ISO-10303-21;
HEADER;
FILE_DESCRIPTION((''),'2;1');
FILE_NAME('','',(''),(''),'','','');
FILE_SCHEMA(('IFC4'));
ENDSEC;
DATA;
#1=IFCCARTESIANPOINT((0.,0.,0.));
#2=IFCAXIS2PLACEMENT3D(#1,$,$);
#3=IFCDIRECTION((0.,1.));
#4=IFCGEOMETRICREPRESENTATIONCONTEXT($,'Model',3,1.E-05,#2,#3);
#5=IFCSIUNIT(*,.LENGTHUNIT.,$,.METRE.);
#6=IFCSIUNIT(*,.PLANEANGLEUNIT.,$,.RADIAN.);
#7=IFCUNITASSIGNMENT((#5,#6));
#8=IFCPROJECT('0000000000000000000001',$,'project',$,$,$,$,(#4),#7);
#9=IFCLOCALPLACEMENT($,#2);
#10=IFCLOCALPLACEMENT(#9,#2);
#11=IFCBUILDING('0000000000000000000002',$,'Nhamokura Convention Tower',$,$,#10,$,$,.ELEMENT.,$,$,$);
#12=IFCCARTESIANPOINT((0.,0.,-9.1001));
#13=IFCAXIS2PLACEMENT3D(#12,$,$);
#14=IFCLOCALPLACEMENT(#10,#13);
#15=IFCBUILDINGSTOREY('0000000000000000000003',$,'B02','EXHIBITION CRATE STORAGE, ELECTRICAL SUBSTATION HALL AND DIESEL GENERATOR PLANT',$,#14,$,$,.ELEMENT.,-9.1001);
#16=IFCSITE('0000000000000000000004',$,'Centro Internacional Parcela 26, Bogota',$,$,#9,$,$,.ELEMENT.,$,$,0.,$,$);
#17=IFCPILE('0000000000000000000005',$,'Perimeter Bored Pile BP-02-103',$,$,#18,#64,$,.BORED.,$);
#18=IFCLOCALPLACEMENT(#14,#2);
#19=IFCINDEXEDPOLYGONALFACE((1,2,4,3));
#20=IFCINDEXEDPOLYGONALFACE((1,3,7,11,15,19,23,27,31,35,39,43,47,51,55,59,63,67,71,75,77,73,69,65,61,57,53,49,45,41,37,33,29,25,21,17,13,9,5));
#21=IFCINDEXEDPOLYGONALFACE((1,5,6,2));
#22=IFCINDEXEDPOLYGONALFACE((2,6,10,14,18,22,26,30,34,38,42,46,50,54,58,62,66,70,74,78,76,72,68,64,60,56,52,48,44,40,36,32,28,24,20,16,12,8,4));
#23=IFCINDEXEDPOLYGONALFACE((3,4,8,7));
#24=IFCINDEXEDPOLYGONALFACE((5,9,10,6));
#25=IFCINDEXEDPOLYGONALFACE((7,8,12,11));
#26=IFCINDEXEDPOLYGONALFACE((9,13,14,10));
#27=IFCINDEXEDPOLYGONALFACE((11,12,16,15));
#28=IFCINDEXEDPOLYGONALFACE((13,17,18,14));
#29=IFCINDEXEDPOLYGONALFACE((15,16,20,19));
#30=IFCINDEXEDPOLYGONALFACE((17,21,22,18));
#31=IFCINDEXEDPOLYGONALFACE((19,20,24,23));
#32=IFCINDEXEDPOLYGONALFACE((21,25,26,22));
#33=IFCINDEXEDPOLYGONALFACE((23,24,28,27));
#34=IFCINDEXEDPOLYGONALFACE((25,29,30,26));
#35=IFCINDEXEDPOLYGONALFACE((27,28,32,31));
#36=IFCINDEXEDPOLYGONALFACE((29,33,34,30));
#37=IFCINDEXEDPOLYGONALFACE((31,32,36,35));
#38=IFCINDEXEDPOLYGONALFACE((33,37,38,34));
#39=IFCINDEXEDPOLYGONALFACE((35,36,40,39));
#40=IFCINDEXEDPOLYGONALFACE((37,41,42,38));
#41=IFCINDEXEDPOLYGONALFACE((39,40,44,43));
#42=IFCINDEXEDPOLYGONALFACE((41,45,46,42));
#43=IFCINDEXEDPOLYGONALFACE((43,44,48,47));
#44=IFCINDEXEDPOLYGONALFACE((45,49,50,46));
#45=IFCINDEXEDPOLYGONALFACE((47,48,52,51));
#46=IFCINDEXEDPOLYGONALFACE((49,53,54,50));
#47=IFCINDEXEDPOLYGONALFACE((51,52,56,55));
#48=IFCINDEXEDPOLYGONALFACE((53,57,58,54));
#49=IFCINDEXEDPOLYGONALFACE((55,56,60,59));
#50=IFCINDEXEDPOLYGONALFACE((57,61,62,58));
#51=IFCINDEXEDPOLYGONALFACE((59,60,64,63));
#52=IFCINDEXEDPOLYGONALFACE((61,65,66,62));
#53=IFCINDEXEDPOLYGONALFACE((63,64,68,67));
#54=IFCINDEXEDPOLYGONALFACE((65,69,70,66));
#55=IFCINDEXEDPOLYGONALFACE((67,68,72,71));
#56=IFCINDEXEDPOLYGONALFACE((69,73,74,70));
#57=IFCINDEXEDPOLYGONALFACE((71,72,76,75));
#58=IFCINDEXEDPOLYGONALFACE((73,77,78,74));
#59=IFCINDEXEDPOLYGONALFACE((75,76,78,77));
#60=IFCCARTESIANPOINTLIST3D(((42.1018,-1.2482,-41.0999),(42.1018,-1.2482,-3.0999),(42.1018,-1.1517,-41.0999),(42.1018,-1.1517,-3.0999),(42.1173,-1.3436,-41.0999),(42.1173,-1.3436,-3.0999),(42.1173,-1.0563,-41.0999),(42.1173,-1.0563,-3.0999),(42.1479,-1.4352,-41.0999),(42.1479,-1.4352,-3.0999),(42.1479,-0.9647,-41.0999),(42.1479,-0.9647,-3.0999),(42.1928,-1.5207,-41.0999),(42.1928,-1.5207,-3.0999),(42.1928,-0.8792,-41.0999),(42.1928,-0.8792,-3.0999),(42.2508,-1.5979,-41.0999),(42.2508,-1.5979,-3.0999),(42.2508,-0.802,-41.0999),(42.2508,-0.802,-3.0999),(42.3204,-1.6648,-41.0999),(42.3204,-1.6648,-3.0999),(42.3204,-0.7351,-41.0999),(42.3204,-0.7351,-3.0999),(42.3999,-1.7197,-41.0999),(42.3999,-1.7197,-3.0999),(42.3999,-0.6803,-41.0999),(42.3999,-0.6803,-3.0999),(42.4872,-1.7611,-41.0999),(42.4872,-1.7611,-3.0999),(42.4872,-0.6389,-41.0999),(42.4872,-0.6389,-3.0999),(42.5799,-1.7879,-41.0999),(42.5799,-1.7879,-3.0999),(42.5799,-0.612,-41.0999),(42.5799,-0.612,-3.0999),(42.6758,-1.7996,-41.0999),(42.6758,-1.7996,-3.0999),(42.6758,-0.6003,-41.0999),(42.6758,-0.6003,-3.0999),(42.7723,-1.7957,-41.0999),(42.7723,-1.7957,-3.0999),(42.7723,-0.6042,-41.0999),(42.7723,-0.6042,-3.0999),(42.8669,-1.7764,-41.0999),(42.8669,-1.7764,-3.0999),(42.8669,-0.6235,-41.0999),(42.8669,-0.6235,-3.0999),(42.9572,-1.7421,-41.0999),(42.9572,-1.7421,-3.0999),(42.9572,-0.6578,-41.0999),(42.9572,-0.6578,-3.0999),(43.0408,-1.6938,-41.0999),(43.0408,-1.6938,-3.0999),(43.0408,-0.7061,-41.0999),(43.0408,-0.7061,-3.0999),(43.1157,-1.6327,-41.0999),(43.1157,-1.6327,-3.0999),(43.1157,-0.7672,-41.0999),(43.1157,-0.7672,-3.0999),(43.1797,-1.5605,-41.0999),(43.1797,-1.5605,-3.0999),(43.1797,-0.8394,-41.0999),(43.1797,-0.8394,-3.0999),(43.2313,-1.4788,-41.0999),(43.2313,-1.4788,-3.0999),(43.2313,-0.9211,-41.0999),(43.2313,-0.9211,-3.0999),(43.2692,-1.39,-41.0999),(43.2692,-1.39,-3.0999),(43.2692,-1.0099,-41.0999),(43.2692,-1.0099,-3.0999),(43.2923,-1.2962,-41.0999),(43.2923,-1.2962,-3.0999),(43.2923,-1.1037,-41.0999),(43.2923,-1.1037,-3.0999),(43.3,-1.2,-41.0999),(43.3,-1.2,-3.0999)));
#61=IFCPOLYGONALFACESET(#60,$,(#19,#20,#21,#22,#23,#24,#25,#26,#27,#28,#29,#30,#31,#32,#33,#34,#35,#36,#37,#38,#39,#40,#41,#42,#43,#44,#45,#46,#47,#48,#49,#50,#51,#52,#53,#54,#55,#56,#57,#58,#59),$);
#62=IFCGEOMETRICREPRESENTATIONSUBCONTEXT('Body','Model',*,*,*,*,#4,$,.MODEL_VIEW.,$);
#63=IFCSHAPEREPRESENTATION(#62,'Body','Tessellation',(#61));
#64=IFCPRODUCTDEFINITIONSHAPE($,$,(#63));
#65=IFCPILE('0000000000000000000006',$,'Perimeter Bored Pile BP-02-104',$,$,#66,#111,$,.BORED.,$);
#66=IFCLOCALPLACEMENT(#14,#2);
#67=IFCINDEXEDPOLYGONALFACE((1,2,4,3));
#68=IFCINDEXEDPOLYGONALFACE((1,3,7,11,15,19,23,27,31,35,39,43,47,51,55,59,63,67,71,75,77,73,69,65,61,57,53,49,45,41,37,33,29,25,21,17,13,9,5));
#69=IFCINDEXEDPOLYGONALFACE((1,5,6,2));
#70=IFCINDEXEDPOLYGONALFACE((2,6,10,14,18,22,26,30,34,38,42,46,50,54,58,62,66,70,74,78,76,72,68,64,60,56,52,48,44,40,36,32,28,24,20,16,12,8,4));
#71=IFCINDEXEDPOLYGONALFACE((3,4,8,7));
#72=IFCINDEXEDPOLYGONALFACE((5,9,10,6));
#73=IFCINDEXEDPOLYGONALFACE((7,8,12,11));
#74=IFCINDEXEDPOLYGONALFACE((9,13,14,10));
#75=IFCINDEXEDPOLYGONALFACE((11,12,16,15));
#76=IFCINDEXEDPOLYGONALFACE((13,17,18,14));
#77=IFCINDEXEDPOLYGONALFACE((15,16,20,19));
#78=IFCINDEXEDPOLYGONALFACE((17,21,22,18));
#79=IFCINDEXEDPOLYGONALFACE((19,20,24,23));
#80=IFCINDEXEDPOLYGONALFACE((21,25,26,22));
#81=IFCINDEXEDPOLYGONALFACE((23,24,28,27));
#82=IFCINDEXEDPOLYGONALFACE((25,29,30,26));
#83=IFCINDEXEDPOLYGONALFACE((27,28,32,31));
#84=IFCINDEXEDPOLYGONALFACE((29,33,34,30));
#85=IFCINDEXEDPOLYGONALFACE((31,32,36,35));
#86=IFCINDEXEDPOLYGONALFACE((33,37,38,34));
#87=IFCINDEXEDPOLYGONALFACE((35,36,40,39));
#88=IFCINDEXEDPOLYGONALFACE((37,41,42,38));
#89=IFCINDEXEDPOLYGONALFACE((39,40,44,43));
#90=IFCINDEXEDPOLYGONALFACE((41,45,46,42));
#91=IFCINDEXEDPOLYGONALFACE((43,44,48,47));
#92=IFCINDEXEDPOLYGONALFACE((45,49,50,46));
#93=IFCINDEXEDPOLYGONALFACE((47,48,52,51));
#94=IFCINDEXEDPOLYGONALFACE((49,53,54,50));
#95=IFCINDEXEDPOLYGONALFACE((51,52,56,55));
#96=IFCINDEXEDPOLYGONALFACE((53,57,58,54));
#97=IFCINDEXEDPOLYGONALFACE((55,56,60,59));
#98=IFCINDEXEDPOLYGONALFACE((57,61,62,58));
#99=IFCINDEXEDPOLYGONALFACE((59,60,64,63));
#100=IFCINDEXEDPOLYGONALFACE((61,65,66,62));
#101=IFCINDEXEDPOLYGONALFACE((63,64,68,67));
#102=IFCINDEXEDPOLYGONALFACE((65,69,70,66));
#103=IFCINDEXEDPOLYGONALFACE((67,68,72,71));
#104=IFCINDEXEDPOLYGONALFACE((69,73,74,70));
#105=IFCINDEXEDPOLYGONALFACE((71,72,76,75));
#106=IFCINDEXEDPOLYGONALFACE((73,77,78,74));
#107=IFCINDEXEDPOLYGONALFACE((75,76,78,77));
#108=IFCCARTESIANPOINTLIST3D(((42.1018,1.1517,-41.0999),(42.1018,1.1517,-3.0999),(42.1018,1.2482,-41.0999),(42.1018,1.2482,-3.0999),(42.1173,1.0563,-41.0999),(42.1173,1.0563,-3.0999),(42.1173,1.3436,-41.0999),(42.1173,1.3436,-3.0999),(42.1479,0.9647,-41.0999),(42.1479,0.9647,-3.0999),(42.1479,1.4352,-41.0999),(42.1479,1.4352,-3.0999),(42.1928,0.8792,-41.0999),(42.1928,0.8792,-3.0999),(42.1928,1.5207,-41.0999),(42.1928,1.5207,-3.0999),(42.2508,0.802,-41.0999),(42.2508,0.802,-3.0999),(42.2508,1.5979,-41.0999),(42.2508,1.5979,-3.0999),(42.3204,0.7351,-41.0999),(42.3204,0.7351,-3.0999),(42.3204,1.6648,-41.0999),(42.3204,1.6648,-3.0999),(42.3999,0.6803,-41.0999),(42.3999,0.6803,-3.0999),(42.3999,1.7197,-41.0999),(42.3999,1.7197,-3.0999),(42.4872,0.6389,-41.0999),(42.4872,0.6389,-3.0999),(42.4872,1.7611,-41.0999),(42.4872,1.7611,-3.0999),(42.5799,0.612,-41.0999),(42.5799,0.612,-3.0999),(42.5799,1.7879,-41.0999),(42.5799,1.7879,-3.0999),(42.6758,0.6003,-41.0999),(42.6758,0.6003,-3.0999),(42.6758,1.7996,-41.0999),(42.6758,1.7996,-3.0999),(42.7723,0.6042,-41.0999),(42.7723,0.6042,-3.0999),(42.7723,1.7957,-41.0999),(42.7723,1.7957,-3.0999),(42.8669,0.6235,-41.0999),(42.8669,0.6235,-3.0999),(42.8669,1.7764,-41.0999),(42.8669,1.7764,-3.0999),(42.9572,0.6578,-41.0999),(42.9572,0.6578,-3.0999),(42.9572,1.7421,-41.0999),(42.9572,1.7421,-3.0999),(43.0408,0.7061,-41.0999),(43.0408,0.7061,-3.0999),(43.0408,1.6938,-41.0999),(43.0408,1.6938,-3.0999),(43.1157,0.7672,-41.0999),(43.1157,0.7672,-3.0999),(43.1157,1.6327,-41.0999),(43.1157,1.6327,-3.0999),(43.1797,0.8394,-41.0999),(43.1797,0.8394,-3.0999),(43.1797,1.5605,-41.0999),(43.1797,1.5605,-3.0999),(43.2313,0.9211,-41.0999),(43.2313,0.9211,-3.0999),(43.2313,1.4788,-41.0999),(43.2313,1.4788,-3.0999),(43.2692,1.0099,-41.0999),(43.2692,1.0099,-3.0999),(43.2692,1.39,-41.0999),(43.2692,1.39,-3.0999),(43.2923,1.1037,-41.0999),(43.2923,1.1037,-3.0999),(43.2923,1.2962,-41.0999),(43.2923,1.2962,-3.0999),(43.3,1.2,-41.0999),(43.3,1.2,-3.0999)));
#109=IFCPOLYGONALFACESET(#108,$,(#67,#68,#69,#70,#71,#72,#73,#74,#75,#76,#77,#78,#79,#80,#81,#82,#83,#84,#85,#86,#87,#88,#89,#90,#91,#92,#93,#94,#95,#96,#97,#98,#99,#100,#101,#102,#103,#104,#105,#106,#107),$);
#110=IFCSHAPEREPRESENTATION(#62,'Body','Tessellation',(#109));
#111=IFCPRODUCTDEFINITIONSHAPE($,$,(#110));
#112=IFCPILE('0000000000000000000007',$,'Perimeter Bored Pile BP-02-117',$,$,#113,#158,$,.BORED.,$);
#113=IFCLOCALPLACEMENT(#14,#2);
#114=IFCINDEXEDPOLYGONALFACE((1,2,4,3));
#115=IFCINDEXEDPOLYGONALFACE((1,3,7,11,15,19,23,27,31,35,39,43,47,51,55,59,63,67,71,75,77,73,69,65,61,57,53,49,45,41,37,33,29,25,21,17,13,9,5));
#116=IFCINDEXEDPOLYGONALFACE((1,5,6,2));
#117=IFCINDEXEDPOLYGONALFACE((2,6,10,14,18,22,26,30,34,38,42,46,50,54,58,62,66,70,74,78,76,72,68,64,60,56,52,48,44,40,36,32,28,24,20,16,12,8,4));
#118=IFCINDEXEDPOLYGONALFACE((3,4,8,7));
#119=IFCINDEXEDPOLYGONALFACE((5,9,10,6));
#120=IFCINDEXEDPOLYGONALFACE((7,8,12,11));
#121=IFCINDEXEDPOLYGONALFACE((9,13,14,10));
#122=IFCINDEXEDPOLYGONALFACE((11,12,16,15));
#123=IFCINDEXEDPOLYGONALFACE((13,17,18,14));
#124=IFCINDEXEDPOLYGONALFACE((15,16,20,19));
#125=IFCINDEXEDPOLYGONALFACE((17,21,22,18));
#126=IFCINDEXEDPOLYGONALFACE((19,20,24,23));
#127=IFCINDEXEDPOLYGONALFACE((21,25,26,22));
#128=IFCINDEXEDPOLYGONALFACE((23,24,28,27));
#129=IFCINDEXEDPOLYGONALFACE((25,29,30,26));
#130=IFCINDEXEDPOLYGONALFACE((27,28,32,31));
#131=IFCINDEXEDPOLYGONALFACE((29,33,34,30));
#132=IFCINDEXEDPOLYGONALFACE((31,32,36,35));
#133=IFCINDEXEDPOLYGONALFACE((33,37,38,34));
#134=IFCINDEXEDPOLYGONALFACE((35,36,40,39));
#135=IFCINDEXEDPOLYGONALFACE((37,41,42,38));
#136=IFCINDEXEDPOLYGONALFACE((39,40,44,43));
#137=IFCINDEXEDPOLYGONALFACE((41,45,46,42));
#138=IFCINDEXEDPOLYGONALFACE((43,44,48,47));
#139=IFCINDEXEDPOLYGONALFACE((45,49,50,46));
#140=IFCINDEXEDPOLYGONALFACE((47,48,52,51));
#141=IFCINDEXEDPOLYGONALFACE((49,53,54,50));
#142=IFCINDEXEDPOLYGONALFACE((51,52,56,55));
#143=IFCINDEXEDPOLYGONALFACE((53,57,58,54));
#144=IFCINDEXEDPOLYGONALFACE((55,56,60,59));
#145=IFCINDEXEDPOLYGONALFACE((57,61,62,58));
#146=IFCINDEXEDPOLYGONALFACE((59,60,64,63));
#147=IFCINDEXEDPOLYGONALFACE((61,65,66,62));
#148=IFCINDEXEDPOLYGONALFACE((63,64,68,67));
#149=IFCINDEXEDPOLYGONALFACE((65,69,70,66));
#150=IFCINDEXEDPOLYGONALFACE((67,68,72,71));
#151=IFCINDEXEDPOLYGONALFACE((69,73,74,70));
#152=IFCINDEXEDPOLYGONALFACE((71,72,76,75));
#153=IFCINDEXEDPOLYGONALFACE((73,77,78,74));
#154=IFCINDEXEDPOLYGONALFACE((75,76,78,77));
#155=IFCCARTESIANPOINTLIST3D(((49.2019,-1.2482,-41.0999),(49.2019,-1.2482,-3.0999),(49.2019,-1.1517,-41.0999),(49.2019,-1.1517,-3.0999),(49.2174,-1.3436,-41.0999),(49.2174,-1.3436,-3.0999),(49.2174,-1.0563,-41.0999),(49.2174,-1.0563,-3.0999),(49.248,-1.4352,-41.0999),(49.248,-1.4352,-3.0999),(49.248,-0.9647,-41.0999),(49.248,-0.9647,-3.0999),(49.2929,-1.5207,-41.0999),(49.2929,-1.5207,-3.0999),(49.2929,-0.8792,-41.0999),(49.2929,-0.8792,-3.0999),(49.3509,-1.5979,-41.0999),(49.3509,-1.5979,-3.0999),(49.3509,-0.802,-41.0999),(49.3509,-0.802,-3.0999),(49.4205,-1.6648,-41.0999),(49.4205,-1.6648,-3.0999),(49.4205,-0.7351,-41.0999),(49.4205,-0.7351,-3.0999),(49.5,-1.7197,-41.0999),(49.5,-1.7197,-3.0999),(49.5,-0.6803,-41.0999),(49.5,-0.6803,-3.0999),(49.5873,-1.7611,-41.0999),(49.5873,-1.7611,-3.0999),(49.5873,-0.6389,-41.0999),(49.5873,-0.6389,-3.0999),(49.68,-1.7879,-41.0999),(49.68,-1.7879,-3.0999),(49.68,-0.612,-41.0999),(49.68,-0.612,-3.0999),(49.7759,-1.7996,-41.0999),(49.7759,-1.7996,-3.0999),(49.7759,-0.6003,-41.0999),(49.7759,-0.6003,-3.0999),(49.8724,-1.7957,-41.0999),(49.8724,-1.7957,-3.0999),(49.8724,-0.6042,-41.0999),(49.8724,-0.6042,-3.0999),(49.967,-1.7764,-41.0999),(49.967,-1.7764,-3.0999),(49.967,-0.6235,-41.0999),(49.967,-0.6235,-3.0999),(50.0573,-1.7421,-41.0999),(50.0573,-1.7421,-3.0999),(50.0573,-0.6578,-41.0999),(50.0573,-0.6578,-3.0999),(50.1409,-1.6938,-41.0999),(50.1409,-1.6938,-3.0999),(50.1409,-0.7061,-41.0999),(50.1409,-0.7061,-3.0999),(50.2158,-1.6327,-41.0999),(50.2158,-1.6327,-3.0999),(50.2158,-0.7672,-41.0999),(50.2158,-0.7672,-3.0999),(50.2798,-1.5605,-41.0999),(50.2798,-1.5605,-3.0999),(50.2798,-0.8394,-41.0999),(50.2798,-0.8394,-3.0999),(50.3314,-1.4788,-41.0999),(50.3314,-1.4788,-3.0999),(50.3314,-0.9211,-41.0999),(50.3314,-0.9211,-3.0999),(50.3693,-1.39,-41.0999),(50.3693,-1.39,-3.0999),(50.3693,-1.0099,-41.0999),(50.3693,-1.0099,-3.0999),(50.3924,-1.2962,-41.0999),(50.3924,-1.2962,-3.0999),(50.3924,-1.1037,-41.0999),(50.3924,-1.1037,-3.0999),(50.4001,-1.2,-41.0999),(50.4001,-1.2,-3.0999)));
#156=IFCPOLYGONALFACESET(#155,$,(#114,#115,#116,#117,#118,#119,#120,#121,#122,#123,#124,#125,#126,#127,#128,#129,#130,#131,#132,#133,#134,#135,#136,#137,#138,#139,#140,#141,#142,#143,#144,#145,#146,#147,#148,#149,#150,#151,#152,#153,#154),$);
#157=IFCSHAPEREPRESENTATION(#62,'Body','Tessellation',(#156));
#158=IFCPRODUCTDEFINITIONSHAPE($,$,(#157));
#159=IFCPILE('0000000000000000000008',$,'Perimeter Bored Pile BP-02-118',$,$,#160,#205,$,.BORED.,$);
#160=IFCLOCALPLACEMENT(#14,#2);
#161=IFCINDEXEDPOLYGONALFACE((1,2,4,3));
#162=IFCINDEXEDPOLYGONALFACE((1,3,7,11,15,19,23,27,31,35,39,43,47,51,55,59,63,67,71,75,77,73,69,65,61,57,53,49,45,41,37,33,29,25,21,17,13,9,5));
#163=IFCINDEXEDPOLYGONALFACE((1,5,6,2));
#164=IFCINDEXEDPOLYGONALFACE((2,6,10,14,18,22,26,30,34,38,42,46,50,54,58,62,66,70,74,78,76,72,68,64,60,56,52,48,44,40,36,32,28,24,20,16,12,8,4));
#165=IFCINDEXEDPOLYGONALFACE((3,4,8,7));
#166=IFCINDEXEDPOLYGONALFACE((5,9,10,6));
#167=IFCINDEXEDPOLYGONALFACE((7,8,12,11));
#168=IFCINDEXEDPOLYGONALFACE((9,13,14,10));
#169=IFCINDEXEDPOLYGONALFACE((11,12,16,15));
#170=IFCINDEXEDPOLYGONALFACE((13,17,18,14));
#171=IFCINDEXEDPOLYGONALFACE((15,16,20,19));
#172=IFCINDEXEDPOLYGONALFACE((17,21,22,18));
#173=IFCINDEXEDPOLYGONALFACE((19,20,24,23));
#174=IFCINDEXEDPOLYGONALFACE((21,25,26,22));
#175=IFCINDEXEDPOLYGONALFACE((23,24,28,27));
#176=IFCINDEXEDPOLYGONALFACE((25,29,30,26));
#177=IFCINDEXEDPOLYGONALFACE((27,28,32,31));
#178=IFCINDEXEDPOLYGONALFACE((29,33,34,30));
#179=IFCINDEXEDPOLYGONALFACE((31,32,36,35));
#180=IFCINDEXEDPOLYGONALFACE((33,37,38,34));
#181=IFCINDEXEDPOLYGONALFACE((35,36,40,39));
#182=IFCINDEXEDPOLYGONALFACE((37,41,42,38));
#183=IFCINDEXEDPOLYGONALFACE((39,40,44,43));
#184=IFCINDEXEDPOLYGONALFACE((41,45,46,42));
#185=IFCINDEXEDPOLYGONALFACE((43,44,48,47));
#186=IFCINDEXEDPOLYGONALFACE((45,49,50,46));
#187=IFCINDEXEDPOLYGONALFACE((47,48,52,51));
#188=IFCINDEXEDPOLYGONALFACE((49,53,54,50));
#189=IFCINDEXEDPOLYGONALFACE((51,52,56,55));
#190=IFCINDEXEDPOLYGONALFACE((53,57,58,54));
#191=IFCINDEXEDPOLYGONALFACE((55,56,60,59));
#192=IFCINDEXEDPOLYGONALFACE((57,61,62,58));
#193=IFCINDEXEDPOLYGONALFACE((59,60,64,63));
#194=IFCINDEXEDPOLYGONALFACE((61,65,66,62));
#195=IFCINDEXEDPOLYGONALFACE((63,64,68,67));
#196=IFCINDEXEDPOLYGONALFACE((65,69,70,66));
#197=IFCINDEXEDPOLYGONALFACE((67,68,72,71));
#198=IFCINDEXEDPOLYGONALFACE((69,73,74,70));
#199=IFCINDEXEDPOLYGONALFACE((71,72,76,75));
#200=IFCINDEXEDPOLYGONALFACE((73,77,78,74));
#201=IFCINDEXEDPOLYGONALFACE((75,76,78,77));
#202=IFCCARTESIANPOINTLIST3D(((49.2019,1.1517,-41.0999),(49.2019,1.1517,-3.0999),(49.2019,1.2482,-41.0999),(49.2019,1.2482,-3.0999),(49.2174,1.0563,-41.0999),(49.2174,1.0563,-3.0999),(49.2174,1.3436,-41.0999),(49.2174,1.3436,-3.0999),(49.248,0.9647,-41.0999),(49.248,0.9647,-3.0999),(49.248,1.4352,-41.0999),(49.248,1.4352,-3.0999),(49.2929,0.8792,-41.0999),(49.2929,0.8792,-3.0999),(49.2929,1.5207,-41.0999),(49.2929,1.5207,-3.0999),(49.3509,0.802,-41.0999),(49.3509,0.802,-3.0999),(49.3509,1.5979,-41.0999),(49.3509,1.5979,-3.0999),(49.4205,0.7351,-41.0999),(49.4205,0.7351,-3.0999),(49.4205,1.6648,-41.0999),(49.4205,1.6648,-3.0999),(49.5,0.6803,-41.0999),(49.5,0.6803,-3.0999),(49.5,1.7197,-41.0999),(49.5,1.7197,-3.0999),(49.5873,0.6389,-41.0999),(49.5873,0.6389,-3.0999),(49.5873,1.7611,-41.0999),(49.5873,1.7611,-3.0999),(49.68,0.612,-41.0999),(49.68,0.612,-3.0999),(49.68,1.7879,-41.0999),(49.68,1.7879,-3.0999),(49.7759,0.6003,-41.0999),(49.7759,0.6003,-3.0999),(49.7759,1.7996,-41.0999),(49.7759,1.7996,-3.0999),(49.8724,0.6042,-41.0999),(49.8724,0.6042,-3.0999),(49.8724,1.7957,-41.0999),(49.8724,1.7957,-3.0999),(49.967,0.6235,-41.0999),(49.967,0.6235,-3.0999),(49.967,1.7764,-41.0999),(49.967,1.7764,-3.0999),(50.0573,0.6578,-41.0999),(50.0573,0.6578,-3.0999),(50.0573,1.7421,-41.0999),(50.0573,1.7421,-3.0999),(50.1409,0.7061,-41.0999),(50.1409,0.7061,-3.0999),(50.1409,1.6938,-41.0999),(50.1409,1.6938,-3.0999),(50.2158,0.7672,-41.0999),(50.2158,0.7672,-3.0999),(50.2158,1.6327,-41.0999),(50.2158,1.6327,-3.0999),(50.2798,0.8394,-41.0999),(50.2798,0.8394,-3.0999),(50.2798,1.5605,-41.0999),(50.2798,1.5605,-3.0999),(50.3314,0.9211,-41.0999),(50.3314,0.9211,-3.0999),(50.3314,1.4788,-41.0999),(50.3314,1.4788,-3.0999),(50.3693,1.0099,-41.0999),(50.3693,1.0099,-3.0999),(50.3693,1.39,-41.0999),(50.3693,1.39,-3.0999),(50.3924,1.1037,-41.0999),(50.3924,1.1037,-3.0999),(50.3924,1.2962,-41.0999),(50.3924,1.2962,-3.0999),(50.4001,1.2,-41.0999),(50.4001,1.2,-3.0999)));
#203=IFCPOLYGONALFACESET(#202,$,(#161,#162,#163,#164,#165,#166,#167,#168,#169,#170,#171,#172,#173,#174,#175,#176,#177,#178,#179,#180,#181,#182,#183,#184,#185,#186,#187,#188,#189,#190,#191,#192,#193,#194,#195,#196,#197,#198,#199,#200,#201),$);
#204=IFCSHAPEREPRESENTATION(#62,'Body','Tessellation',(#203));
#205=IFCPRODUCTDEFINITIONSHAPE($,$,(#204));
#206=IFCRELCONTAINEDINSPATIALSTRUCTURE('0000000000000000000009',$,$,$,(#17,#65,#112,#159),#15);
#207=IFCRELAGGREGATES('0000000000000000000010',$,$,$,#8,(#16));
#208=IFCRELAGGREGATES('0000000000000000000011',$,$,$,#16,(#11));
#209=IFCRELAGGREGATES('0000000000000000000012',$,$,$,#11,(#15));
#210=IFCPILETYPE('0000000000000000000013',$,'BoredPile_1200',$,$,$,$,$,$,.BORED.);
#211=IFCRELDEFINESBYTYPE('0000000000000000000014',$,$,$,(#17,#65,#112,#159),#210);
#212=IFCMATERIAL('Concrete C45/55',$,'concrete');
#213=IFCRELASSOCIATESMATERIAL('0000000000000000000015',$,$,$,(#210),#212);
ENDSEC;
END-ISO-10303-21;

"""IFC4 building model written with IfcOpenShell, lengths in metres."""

from ifc_helpers import new_model, si_unit, direction, frame, origin, origin_2d, place, context, subcontext, project, spatial, circle, extrude, material, material_profile, profile_set, type_object, element, save


model = new_model("IFC4")

# Units and contexts
model_context = context("Model", 3, precision=1e-05, world=origin(), true_north=direction((0.0, 1.0)))
body_context = subcontext(model_context, "Body", "Model", "MODEL_VIEW")
ifc_project = project(units=[si_unit("LENGTHUNIT", "METRE"), si_unit("PLANEANGLEUNIT", "RADIAN")], contexts=[model_context])

# Site, building, storey
site_placement = place(None, origin())
site = spatial("IfcSite", under=ifc_project, at=site_placement, Name="Centro Internacional Parcela 26, Bogota", CompositionType="ELEMENT", RefElevation=0.0)
building_placement = place(site_placement, origin())
building = spatial("IfcBuilding", under=site, at=building_placement, Name="Nhamokura Convention Tower", CompositionType="ELEMENT")
storey_placement = place(building_placement, frame((0.0, 0.0, -9.1001)))
storey = spatial("IfcBuildingStorey", under=building, at=storey_placement, Name="B02", Description="EXHIBITION CRATE STORAGE, ELECTRICAL SUBSTATION HALL AND DIESEL GENERATOR PLANT", CompositionType="ELEMENT", Elevation=-9.1001)

# Piles
ifc_material_1 = material(Name="Concrete C45/55", Category="concrete")
ifc_material_profile_1 = material_profile(ifc_material_1, circle(Radius=0.6001, at=origin_2d()))
ifc_profile_set_1 = profile_set([ifc_material_profile_1], Name="Concrete C45/55")
pile_type = type_object("IfcPileType", Name="BoredPile_1200", PredefinedType="BORED", material=ifc_profile_set_1)
for number, where, z_axis, x_axis, name in (
    (1, (42.7, -1.2, -3.0999), (0.0, 0.0, -1.0), (1.0, 0.0, 0.0), "Perimeter Bored Pile BP-02-103"),
    (2, (42.7, 1.2, -3.0999), (0.0, 0.0, -1.0), (1.0, 0.0, 0.0), "Perimeter Bored Pile BP-02-104"),
    (3, (49.8, -1.2, -3.0999), (0.0, 0.0, -1.0), (1.0, 0.0, 0.0), "Perimeter Bored Pile BP-02-117"),
    (4, (49.8, 1.2, -3.0999), (0.0, 0.0, -1.0), (1.0, 0.0, 0.0), "Perimeter Bored Pile BP-02-118"),
):
    element("IfcPile", number, at=place(storey_placement, frame(where, z_axis=z_axis, x_axis=x_axis)), inside=storey, type_object=pile_type, Name=name, PredefinedType="BORED", context=body_context, shape_type="SweptSolid", body=[
        extrude(circle(Radius=0.6001, at=origin_2d()), origin(), (0.0, 0.0, 1.0), 38.0),
    ])

save(model, "model.ifc")
